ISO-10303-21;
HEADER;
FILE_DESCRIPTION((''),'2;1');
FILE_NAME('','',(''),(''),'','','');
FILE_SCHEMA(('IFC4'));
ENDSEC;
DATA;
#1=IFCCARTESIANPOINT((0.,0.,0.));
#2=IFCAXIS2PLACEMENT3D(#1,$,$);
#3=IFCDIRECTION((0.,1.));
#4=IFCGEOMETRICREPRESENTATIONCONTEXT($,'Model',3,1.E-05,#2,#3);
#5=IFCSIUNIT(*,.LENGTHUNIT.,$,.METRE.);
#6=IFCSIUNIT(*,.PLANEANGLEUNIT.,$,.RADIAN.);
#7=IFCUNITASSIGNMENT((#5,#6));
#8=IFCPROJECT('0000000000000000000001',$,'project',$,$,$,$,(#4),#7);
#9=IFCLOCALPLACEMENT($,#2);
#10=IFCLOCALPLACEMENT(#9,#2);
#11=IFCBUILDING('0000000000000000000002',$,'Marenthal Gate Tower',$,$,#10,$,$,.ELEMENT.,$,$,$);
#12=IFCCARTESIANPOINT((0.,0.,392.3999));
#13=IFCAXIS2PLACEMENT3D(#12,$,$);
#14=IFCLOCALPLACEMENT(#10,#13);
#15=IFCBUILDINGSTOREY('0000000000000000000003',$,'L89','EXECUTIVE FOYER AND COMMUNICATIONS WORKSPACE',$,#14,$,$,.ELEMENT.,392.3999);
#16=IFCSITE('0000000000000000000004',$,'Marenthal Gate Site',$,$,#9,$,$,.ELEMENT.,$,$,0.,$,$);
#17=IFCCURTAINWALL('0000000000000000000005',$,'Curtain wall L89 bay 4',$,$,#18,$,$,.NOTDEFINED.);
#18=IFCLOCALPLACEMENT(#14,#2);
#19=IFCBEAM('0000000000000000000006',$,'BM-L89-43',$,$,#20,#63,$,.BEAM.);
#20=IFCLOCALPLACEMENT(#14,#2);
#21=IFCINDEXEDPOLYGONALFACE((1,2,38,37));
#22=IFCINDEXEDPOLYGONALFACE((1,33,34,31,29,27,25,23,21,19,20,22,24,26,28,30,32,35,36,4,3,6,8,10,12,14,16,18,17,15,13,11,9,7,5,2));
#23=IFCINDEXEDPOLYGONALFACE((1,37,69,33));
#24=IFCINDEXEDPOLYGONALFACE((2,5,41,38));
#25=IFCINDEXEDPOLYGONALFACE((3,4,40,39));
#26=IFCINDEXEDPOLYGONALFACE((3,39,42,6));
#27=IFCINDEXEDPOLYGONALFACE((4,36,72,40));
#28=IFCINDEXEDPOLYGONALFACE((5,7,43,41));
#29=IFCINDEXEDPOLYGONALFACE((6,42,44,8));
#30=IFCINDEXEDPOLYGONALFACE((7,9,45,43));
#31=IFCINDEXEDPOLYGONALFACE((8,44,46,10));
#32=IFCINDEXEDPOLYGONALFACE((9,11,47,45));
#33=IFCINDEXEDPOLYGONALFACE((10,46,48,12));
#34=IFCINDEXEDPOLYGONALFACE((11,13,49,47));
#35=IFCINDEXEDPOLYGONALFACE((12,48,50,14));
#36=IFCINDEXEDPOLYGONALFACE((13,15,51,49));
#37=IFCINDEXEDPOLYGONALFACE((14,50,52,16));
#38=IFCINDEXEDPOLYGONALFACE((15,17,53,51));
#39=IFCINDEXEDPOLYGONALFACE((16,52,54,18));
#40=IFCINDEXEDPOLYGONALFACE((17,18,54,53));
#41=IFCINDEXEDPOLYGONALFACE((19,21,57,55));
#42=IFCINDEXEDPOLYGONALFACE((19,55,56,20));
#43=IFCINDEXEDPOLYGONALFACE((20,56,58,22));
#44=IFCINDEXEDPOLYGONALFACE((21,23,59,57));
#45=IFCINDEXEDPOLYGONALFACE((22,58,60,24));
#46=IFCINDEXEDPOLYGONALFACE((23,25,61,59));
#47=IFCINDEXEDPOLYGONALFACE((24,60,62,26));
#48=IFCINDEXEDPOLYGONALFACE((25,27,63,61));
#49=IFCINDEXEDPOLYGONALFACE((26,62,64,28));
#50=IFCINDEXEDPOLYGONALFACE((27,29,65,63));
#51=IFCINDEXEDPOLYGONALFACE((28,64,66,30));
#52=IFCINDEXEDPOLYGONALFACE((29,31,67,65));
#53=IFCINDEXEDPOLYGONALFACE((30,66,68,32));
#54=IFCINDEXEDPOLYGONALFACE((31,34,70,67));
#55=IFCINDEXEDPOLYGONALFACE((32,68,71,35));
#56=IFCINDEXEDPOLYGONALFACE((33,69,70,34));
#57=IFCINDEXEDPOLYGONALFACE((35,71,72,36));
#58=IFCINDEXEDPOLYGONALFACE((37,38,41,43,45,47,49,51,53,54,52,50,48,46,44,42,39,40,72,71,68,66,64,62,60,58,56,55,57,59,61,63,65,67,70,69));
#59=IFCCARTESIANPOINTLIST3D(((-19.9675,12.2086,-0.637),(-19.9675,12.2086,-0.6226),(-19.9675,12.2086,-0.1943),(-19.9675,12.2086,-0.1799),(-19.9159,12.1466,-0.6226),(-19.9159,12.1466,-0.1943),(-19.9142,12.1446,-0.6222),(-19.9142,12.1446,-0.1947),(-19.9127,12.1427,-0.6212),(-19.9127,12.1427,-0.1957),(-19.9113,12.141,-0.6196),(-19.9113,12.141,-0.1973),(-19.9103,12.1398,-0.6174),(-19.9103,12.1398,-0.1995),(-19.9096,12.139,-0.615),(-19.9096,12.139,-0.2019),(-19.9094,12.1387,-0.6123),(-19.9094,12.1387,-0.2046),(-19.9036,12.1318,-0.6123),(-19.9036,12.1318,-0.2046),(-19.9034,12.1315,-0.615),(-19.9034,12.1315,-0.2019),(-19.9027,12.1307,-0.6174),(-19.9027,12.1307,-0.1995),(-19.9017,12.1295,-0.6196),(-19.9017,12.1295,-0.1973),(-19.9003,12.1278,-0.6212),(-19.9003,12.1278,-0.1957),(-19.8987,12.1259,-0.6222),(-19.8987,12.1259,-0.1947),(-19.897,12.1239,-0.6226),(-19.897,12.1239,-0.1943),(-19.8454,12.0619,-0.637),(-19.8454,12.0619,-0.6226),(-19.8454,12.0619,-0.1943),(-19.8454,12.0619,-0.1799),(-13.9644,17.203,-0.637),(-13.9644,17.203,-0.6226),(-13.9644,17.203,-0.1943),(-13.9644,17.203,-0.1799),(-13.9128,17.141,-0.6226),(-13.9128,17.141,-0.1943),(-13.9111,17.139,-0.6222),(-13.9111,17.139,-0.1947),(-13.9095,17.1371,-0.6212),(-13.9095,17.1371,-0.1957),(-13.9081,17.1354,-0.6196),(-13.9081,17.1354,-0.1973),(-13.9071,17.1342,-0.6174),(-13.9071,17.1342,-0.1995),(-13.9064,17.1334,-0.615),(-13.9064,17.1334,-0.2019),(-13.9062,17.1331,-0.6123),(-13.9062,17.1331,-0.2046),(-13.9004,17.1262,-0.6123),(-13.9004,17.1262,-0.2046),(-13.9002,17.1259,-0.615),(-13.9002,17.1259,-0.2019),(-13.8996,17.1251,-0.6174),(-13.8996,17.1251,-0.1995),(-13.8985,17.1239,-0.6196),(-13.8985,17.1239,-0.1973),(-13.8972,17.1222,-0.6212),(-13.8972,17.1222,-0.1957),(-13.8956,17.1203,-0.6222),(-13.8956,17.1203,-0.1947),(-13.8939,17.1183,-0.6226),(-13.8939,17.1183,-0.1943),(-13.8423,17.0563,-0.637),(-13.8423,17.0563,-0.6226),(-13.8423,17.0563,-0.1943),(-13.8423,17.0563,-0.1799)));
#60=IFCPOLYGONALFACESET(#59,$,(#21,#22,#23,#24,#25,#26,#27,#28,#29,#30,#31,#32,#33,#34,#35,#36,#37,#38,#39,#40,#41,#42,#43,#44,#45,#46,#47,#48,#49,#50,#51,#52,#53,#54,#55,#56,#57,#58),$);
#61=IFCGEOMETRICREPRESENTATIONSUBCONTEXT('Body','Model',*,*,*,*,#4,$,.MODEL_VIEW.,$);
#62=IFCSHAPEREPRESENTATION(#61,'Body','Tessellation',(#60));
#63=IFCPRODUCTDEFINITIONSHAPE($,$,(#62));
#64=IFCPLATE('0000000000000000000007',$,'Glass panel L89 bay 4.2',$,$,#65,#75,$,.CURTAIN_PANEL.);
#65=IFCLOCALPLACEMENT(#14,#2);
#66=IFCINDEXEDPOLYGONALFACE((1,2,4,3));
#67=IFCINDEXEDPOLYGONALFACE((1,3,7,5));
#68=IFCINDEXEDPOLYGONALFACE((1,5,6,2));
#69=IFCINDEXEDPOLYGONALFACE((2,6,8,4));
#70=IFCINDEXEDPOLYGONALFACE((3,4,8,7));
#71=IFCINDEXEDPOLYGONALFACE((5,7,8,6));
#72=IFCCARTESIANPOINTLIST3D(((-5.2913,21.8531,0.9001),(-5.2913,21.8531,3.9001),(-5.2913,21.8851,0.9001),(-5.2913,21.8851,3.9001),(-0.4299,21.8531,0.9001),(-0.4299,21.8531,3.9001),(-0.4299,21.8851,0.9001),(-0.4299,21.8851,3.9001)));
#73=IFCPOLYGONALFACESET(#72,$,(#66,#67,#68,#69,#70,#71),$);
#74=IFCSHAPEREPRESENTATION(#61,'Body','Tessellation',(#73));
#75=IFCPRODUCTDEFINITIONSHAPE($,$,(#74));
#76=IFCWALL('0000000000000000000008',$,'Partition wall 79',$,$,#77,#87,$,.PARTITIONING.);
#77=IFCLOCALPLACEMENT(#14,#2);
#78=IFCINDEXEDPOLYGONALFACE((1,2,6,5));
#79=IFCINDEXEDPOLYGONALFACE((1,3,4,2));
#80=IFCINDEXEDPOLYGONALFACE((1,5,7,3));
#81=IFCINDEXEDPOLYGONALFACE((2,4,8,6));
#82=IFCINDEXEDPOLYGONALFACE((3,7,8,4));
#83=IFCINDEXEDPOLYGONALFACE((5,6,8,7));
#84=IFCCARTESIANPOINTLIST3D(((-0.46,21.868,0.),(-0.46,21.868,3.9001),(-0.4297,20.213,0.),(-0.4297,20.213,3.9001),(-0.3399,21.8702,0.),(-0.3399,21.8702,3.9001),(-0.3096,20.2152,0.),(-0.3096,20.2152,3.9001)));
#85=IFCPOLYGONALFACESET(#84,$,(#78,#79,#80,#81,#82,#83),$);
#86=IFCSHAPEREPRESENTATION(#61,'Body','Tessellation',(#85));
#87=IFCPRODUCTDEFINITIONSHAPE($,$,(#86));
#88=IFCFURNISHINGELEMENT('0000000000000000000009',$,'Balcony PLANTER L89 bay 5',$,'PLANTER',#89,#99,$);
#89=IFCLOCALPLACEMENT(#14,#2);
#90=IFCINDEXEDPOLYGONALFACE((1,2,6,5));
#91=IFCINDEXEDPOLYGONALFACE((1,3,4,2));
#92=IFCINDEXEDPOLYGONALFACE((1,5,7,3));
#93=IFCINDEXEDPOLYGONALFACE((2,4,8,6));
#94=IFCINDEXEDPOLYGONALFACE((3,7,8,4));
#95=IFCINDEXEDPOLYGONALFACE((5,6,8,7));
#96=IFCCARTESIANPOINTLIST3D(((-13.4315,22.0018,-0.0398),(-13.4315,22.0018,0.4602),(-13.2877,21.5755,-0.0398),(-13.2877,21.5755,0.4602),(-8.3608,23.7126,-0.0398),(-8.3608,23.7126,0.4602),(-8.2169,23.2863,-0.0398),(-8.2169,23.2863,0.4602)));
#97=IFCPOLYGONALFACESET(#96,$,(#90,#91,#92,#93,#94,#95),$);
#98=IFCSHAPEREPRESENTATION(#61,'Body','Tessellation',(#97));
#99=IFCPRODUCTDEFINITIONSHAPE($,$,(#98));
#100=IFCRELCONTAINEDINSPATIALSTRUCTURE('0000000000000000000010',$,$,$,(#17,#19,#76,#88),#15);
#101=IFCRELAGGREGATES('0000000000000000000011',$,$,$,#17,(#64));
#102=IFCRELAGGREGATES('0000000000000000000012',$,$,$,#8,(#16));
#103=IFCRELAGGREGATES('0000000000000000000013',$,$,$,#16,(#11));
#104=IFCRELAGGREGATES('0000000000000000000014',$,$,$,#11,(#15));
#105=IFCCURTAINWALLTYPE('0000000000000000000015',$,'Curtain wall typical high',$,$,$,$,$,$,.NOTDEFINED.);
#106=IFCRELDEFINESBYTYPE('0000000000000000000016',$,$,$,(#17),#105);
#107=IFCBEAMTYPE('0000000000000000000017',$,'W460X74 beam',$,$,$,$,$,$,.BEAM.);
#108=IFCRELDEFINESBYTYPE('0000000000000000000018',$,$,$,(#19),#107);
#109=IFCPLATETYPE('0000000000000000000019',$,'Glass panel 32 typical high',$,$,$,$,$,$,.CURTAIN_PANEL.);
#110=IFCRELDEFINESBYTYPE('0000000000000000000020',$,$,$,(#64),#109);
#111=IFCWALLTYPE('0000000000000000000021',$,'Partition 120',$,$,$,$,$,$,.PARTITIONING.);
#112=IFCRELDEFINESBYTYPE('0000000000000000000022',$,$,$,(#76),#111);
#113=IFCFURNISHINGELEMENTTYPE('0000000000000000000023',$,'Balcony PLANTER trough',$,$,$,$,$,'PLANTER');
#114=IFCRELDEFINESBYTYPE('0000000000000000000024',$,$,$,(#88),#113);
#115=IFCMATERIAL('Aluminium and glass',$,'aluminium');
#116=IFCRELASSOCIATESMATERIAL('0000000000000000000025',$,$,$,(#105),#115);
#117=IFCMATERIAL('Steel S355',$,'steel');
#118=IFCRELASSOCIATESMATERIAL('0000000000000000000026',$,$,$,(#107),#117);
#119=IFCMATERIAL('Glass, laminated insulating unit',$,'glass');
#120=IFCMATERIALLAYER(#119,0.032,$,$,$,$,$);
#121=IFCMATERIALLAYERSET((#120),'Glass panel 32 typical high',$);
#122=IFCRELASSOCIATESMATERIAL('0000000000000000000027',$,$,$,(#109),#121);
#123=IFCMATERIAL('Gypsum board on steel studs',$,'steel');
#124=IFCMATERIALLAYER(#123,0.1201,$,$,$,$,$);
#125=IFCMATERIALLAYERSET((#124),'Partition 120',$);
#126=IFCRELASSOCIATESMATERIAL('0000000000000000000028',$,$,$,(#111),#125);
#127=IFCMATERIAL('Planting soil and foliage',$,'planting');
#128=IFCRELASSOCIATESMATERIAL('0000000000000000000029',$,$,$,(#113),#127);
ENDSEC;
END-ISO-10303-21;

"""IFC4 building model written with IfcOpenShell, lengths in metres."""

from ifc_helpers import new_model, si_unit, direction, frame, frame_2d, origin, origin_2d, place, context, subcontext, project, spatial, rectangle, i_section, extrude, material, layer, layer_set, material_profile, profile_set, type_object, element, aggregate, save


model = new_model("IFC4")

# Units and contexts
model_context = context("Model", 3, precision=1e-05, world=origin(), true_north=direction((0.0, 1.0)))
body_context = subcontext(model_context, "Body", "Model", "MODEL_VIEW")
ifc_project = project(units=[si_unit("LENGTHUNIT", "METRE"), si_unit("PLANEANGLEUNIT", "RADIAN")], contexts=[model_context])

# Site, building, storey
site_placement = place(None, origin())
site = spatial("IfcSite", under=ifc_project, at=site_placement, Name="Marenthal Gate Site", CompositionType="ELEMENT", RefElevation=0.0)
building_placement = place(site_placement, origin())
building = spatial("IfcBuilding", under=site, at=building_placement, Name="Marenthal Gate Tower", CompositionType="ELEMENT")
storey_placement = place(building_placement, frame((0.0, 0.0, 392.3999)))
storey = spatial("IfcBuildingStorey", under=building, at=storey_placement, Name="L89", Description="EXECUTIVE FOYER AND COMMUNICATIONS WORKSPACE", CompositionType="ELEMENT", Elevation=392.3999)

# Curtain wall
ifc_material_1 = material(Name="Aluminium and glass", Category="aluminium")
curtain_wall_type = type_object("IfcCurtainWallType", Name="Curtain wall typical high", PredefinedType="NOTDEFINED", material=ifc_material_1)
curtain_wall_placement = place(storey_placement, origin())
curtain_wall = element("IfcCurtainWall", 1, at=curtain_wall_placement, inside=storey, type_object=curtain_wall_type, Name="Curtain wall L89 bay 4", PredefinedType="NOTDEFINED")

# Beam
ifc_material_2 = material(Name="Steel S355", Category="steel")
ifc_material_profile_1 = material_profile(ifc_material_2, i_section(OverallWidth=0.1909, OverallDepth=0.457, WebThickness=0.009, FlangeThickness=0.0144, FilletRadius=0.0103, at=origin_2d()), Name="W460X74")
ifc_profile_set_1 = profile_set([ifc_material_profile_1], Name="Steel S355")
beam_type_1 = type_object("IfcBeamType", Name="W460X74 beam", PredefinedType="BEAM", material=ifc_profile_set_1)
beam_1_placement = place(storey_placement, frame((-13.9033, 17.1296, -0.4084), z_axis=(-0.768741, -0.63956, 0.0), x_axis=(0.63956, -0.768741, 0.0)))
element("IfcBeam", 2, at=beam_1_placement, inside=storey, type_object=beam_type_1, Name="BM-L89-43", PredefinedType="BEAM", context=body_context, shape_type="SweptSolid", body=[
    extrude(i_section(OverallWidth=0.1909, OverallDepth=0.457, WebThickness=0.009, FlangeThickness=0.0144, FilletRadius=0.0103, at=origin_2d()), origin(), (0.0, 0.0, 1.0), 7.8091),
])

# Plate
ifc_material_3 = material(Name="Glass, laminated insulating unit", Category="glass")
ifc_layer_1 = layer(ifc_material_3, 0.032)
ifc_layer_set_1 = layer_set([ifc_layer_1], Name="Glass panel 32 typical high")
plate_type = type_object("IfcPlateType", Name="Glass panel 32 typical high", PredefinedType="CURTAIN_PANEL", material=ifc_layer_set_1)
plate_placement = place(storey_placement, frame((-2.8606, 21.8691, 0.9001), z_axis=(0.0, 0.0, 1.0), x_axis=(-1.0, 0.0, 0.0)))
plate = element("IfcPlate", 3, at=plate_placement, type_object=plate_type, Name="Glass panel L89 bay 4.2", PredefinedType="CURTAIN_PANEL", context=body_context, shape_type="SweptSolid", body=[
    extrude(rectangle(XDim=4.8613, YDim=0.032, at=origin_2d()), origin(), (0.0, 0.0, 1.0), 3.0),
])
aggregate(curtain_wall, [plate])

# Wall
ifc_material_4 = material(Name="Gypsum board on steel studs", Category="steel")
ifc_layer_2 = layer(ifc_material_4, 0.1201)
ifc_layer_set_2 = layer_set([ifc_layer_2], Name="Partition 120")
wall_type_1 = type_object("IfcWallType", Name="Partition 120", PredefinedType="PARTITIONING", material=ifc_layer_set_2)
wall_1_placement = place(storey_placement, frame((-0.3696, 20.2141, 0.0), z_axis=(0.0, 0.0, 1.0), x_axis=(-0.018289, 0.999833, 0.0)))
element("IfcWall", 4, at=wall_1_placement, inside=storey, type_object=wall_type_1, Name="Partition wall 79", PredefinedType="PARTITIONING", context=body_context, shape_type="SweptSolid", body=[
    extrude(rectangle(XDim=1.6553, YDim=0.1201, at=frame_2d((0.8276, 0.0))), origin(), (0.0, 0.0, 1.0), 3.9001),
])

# Furnishing element
ifc_material_5 = material(Name="Planting soil and foliage", Category="planting")
furnishing_element_type = type_object("IfcFurnishingElementType", Name="Balcony PLANTER trough", ElementType="PLANTER", material=ifc_material_5)
furnishing_placement = place(storey_placement, frame((-10.8242, 22.644, -0.0398), z_axis=(0.0, 0.0, 1.0), x_axis=(-0.947527, -0.319676, 0.0)))
element("IfcFurnishingElement", 5, at=furnishing_placement, inside=storey, type_object=furnishing_element_type, Name="Balcony PLANTER L89 bay 5", ObjectType="PLANTER", context=body_context, shape_type="SweptSolid", body=[
    extrude(rectangle(XDim=5.3516, YDim=0.45, at=origin_2d()), origin(), (0.0, 0.0, 1.0), 0.5),
])

save(model, "model.ifc")
